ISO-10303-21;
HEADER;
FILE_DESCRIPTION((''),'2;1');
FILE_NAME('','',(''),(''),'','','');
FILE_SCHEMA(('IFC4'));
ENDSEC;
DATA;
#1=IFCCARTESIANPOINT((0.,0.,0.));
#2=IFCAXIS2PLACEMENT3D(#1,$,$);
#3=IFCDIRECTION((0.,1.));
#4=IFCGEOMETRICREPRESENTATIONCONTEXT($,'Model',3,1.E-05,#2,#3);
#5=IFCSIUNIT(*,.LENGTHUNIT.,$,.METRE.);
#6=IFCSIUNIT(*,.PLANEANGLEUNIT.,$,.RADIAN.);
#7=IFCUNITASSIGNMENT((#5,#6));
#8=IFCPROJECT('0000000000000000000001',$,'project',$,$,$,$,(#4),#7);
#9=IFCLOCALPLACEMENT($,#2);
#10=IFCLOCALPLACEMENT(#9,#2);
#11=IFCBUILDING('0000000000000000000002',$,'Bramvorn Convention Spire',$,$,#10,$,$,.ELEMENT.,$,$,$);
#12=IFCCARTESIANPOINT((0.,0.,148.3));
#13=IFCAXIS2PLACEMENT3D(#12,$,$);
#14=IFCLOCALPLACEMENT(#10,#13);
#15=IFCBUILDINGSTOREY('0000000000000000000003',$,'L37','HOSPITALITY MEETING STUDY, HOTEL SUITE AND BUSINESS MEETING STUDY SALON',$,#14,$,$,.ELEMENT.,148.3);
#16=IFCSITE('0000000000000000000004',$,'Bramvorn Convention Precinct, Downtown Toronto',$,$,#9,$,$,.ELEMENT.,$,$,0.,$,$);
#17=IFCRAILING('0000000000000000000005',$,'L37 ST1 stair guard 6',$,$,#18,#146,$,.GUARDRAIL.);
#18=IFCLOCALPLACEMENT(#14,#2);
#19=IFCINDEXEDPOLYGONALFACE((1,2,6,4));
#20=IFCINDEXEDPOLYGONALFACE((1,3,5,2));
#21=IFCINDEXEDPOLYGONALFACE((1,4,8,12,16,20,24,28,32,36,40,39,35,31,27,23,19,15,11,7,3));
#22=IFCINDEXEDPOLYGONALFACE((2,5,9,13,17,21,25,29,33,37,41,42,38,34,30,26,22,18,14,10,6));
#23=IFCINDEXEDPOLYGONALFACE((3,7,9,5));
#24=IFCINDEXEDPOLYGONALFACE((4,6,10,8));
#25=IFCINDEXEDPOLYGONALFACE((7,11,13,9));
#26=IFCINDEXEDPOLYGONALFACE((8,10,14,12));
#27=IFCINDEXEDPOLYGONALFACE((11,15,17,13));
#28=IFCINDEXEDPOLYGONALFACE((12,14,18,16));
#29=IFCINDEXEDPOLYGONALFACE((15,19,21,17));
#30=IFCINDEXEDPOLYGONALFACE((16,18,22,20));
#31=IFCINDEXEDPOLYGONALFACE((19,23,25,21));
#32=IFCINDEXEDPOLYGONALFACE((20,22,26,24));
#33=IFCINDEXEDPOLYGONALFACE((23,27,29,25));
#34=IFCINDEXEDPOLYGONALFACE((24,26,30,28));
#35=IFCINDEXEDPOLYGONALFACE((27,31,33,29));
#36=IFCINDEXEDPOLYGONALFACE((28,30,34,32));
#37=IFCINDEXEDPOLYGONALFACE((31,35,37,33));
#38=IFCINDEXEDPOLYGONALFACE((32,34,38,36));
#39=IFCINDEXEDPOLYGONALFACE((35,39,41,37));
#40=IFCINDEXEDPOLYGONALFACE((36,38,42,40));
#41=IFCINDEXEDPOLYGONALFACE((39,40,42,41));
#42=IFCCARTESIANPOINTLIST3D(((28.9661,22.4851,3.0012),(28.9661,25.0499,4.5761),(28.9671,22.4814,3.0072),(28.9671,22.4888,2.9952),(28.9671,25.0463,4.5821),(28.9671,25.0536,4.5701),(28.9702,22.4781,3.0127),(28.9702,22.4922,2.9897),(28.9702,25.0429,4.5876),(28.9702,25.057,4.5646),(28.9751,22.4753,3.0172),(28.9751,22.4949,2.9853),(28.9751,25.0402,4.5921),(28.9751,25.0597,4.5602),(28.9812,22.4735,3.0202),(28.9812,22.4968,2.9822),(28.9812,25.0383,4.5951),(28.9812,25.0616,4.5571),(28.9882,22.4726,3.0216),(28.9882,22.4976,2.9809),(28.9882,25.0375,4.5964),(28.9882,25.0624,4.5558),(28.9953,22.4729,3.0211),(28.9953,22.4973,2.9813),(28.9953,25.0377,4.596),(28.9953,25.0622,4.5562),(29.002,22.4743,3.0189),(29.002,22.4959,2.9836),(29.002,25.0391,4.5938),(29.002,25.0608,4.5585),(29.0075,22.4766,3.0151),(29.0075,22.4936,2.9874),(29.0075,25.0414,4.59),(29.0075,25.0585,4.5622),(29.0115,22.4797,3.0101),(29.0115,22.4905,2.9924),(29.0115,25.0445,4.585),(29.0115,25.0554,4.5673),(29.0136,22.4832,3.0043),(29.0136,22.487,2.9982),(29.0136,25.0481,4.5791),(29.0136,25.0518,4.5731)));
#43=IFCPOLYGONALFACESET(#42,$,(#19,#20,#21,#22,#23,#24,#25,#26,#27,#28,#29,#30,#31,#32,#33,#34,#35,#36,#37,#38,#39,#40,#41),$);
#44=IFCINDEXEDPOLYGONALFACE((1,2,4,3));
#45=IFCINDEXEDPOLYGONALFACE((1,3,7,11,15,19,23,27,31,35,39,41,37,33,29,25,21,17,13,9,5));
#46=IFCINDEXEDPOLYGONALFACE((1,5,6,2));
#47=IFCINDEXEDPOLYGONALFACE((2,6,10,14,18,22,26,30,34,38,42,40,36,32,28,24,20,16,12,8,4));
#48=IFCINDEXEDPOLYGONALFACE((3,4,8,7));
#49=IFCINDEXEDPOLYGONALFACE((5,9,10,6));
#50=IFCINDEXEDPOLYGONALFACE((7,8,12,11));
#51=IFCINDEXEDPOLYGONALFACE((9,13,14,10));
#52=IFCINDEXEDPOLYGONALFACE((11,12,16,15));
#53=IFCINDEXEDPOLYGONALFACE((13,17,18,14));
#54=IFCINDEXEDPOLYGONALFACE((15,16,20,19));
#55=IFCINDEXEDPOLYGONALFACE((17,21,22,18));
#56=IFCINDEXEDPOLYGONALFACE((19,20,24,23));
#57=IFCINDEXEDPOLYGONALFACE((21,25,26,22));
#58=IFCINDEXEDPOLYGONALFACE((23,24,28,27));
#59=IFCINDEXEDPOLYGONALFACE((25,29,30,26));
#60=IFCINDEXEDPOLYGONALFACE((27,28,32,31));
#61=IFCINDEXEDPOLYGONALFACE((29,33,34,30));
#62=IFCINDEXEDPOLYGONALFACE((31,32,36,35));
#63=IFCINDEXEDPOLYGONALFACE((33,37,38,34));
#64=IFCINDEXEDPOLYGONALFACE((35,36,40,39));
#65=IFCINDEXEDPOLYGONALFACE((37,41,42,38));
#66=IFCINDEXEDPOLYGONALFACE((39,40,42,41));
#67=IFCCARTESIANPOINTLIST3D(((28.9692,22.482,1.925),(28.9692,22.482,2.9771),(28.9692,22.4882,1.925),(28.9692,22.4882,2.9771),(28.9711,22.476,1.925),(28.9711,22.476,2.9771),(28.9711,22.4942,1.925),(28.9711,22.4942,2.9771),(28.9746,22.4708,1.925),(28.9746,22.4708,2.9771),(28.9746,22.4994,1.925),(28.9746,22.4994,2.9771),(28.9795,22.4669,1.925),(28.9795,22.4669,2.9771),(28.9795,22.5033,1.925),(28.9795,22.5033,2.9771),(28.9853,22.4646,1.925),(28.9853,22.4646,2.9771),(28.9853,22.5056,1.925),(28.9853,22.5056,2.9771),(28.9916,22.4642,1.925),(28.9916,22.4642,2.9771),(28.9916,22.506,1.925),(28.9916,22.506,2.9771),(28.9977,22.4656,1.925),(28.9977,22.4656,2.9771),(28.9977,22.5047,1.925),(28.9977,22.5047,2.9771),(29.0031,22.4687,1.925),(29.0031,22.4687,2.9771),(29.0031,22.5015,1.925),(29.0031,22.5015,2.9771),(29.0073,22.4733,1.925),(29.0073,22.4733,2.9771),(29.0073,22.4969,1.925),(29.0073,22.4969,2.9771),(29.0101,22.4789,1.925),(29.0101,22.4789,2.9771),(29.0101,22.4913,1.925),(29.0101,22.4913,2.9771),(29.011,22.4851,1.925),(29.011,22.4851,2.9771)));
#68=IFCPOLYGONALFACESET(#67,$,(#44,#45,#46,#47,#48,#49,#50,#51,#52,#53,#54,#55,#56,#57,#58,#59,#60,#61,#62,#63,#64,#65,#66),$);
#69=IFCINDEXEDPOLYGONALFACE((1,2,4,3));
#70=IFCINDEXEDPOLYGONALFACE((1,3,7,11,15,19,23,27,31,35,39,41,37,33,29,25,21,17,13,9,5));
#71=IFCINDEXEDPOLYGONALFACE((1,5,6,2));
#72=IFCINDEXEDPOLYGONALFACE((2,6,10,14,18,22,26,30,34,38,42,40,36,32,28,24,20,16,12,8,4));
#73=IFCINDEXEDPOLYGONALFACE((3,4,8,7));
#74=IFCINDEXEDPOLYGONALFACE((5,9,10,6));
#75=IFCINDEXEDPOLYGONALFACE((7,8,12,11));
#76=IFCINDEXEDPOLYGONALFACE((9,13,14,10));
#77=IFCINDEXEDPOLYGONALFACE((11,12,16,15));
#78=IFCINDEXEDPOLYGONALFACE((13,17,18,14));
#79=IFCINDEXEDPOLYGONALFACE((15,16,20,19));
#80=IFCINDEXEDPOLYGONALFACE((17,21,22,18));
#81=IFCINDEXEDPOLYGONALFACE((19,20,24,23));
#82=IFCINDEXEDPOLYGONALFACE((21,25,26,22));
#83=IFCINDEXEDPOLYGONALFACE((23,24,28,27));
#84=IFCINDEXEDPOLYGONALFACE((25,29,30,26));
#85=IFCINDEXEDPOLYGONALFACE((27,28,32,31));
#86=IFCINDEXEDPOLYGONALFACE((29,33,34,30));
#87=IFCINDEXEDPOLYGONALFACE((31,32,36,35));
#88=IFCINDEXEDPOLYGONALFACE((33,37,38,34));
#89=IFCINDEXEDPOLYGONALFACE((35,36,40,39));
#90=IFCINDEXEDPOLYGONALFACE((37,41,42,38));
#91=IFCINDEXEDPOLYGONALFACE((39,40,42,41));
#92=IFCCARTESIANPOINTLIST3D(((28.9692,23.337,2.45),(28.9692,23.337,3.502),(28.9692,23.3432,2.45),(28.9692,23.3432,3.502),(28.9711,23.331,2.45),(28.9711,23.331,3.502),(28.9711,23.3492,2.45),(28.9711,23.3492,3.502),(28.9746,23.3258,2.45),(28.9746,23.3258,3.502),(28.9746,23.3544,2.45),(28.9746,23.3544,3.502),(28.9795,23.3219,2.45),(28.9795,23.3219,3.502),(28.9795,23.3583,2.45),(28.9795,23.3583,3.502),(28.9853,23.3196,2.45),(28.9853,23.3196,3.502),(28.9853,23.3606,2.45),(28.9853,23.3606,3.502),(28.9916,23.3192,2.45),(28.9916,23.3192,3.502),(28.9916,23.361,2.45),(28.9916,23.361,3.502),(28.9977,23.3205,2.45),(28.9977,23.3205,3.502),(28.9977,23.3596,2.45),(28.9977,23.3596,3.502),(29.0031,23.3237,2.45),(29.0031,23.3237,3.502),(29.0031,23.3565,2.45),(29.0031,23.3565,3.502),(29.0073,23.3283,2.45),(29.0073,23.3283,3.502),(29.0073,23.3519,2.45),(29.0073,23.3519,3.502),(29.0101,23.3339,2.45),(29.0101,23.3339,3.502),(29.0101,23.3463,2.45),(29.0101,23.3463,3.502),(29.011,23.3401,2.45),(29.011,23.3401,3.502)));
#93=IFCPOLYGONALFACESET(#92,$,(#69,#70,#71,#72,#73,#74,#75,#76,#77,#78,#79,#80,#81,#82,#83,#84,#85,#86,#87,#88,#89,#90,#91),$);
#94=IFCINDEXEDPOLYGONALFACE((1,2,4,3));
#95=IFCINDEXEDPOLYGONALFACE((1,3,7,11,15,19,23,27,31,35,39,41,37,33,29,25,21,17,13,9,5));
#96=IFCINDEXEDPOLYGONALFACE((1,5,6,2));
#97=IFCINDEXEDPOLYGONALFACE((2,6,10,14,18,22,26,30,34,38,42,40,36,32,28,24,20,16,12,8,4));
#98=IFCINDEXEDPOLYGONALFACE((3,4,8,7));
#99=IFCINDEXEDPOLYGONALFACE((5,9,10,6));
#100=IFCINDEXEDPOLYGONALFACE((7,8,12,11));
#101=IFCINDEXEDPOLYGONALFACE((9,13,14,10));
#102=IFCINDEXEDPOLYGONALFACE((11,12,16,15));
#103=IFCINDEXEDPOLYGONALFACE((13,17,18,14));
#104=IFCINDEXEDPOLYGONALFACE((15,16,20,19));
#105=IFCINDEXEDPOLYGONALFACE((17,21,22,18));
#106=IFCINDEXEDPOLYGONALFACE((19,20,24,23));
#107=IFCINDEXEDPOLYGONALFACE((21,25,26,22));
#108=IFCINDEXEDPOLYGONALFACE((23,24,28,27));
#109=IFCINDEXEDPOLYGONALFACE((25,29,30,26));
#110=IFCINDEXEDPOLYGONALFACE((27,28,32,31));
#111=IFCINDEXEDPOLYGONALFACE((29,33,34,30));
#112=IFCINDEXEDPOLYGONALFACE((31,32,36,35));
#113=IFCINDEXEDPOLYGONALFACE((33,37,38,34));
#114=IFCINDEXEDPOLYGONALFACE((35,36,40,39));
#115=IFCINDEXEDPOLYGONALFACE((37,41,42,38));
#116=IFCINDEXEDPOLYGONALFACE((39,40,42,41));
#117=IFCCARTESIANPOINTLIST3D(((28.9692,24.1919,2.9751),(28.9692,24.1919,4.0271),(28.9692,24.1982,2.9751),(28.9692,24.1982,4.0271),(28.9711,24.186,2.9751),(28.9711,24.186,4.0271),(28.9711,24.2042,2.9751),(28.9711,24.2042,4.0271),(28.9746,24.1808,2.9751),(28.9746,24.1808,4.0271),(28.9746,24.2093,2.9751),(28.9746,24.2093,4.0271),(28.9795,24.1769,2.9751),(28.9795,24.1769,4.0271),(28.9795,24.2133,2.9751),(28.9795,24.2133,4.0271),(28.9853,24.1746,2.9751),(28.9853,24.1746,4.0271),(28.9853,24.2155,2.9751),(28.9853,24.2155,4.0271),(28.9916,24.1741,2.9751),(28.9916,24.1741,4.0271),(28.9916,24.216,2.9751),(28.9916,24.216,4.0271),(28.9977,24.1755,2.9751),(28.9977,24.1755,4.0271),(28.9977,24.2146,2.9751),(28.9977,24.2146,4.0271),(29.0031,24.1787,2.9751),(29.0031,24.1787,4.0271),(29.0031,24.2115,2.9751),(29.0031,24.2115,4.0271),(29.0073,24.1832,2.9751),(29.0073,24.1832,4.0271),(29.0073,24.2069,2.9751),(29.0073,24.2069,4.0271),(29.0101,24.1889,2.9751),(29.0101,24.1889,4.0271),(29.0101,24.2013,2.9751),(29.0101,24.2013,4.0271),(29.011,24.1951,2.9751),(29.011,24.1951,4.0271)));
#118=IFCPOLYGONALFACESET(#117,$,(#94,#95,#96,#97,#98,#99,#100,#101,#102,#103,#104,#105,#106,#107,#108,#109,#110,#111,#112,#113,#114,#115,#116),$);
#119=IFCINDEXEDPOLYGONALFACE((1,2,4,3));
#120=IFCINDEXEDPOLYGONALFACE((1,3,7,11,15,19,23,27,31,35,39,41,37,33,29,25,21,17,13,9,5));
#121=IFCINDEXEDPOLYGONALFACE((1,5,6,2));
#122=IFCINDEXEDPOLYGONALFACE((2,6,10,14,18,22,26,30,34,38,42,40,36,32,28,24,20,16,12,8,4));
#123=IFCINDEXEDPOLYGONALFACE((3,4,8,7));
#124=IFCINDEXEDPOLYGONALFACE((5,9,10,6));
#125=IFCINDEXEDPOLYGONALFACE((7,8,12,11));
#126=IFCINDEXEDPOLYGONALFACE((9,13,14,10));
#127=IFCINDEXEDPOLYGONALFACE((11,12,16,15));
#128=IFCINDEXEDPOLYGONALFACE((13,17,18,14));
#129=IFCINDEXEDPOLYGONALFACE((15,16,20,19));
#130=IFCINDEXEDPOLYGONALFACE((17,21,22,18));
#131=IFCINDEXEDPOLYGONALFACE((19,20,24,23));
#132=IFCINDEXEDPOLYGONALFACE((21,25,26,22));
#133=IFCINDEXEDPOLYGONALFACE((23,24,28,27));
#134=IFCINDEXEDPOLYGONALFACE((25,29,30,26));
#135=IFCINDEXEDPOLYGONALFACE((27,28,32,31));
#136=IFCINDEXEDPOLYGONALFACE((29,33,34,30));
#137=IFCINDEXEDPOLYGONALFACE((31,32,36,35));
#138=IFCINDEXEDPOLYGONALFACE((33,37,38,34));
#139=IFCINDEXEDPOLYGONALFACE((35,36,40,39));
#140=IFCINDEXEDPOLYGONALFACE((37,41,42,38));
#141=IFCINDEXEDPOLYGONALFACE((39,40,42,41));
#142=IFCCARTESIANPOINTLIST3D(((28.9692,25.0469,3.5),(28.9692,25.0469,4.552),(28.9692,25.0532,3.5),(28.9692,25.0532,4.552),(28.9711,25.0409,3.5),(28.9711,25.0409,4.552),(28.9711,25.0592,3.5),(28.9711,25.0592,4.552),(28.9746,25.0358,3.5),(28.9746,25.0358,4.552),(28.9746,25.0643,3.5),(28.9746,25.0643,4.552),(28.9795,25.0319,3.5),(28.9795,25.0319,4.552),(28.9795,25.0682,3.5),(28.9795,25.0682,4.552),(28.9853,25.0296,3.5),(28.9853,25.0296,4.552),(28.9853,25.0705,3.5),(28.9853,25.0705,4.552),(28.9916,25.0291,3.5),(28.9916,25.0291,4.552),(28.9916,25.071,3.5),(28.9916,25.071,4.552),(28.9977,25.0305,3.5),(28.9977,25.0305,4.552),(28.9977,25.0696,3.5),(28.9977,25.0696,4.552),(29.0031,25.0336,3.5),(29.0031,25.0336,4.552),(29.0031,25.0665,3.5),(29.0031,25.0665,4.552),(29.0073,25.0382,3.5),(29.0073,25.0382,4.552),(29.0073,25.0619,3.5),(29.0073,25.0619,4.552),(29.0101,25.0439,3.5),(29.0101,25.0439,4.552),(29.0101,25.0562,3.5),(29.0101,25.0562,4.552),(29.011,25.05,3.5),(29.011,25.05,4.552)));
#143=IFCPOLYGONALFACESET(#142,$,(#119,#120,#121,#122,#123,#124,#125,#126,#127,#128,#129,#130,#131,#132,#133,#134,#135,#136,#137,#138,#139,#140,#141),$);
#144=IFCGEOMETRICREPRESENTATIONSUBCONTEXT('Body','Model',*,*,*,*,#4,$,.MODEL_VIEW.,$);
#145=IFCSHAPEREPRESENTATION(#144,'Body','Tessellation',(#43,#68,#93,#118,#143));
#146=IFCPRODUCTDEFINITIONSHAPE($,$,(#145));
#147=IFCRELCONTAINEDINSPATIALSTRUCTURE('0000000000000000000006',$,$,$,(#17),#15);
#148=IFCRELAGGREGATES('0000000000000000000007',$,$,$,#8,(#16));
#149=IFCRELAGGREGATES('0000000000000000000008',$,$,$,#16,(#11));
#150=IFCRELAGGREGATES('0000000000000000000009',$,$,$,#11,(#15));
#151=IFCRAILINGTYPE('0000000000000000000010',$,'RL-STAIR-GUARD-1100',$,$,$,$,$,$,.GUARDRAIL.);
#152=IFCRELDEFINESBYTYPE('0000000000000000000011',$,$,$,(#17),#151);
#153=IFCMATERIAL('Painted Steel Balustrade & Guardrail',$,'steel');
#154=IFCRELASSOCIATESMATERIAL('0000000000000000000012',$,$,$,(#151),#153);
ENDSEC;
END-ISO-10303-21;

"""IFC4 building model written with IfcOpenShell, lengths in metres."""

from ifc_helpers import new_model, si_unit, direction, frame, origin, origin_2d, place, context, subcontext, project, spatial, circle, extrude, material, type_object, element, save


model = new_model("IFC4")

# Units and contexts
model_context = context("Model", 3, precision=1e-05, world=origin(), true_north=direction((0.0, 1.0)))
body_context = subcontext(model_context, "Body", "Model", "MODEL_VIEW")
ifc_project = project(units=[si_unit("LENGTHUNIT", "METRE"), si_unit("PLANEANGLEUNIT", "RADIAN")], contexts=[model_context])

# Site, building, storey
site_placement = place(None, origin())
site = spatial("IfcSite", under=ifc_project, at=site_placement, Name="Bramvorn Convention Precinct, Downtown Toronto", CompositionType="ELEMENT", RefElevation=0.0)
building_placement = place(site_placement, origin())
building = spatial("IfcBuilding", under=site, at=building_placement, Name="Bramvorn Convention Spire", CompositionType="ELEMENT")
storey_placement = place(building_placement, frame((0.0, 0.0, 148.3)))
storey = spatial("IfcBuildingStorey", under=building, at=storey_placement, Name="L37", Description="HOSPITALITY MEETING STUDY, HOTEL SUITE AND BUSINESS MEETING STUDY SALON", CompositionType="ELEMENT", Elevation=148.3)

# Railing
ifc_material_1 = material(Name="Painted Steel Balustrade & Guardrail", Category="steel")
railing_type_1 = type_object("IfcRailingType", Name="RL-STAIR-GUARD-1100", PredefinedType="GUARDRAIL", material=ifc_material_1)
railing_1_placement = place(storey_placement, frame((28.99, 22.4851, 1.925)))
element("IfcRailing", 1, at=railing_1_placement, inside=storey, type_object=railing_type_1, Name="L37 ST1 stair guard 6", PredefinedType="GUARDRAIL", context=body_context, shape_type="SweptSolid", body=[
    extrude(circle(Radius=0.0239, at=origin_2d()), frame((0.0, 0.0, 1.0762), z_axis=(0.0, 0.852173, 0.52326), x_axis=(-1.0, 0.0, 0.0)), (0.0, 0.0, 1.0), 3.0098),
    extrude(circle(Radius=0.021, at=origin_2d()), origin(), (0.0, 0.0, 1.0), 1.052),
    extrude(circle(Radius=0.021, at=origin_2d()), frame((0.0, 0.855, 0.5249)), (0.0, 0.0, 1.0), 1.052),
    extrude(circle(Radius=0.021, at=origin_2d()), frame((0.0, 1.71, 1.05)), (0.0, 0.0, 1.0), 1.052),
    extrude(circle(Radius=0.021, at=origin_2d()), frame((0.0, 2.5649, 1.575)), (0.0, 0.0, 1.0), 1.052),
])

save(model, "model.ifc")
